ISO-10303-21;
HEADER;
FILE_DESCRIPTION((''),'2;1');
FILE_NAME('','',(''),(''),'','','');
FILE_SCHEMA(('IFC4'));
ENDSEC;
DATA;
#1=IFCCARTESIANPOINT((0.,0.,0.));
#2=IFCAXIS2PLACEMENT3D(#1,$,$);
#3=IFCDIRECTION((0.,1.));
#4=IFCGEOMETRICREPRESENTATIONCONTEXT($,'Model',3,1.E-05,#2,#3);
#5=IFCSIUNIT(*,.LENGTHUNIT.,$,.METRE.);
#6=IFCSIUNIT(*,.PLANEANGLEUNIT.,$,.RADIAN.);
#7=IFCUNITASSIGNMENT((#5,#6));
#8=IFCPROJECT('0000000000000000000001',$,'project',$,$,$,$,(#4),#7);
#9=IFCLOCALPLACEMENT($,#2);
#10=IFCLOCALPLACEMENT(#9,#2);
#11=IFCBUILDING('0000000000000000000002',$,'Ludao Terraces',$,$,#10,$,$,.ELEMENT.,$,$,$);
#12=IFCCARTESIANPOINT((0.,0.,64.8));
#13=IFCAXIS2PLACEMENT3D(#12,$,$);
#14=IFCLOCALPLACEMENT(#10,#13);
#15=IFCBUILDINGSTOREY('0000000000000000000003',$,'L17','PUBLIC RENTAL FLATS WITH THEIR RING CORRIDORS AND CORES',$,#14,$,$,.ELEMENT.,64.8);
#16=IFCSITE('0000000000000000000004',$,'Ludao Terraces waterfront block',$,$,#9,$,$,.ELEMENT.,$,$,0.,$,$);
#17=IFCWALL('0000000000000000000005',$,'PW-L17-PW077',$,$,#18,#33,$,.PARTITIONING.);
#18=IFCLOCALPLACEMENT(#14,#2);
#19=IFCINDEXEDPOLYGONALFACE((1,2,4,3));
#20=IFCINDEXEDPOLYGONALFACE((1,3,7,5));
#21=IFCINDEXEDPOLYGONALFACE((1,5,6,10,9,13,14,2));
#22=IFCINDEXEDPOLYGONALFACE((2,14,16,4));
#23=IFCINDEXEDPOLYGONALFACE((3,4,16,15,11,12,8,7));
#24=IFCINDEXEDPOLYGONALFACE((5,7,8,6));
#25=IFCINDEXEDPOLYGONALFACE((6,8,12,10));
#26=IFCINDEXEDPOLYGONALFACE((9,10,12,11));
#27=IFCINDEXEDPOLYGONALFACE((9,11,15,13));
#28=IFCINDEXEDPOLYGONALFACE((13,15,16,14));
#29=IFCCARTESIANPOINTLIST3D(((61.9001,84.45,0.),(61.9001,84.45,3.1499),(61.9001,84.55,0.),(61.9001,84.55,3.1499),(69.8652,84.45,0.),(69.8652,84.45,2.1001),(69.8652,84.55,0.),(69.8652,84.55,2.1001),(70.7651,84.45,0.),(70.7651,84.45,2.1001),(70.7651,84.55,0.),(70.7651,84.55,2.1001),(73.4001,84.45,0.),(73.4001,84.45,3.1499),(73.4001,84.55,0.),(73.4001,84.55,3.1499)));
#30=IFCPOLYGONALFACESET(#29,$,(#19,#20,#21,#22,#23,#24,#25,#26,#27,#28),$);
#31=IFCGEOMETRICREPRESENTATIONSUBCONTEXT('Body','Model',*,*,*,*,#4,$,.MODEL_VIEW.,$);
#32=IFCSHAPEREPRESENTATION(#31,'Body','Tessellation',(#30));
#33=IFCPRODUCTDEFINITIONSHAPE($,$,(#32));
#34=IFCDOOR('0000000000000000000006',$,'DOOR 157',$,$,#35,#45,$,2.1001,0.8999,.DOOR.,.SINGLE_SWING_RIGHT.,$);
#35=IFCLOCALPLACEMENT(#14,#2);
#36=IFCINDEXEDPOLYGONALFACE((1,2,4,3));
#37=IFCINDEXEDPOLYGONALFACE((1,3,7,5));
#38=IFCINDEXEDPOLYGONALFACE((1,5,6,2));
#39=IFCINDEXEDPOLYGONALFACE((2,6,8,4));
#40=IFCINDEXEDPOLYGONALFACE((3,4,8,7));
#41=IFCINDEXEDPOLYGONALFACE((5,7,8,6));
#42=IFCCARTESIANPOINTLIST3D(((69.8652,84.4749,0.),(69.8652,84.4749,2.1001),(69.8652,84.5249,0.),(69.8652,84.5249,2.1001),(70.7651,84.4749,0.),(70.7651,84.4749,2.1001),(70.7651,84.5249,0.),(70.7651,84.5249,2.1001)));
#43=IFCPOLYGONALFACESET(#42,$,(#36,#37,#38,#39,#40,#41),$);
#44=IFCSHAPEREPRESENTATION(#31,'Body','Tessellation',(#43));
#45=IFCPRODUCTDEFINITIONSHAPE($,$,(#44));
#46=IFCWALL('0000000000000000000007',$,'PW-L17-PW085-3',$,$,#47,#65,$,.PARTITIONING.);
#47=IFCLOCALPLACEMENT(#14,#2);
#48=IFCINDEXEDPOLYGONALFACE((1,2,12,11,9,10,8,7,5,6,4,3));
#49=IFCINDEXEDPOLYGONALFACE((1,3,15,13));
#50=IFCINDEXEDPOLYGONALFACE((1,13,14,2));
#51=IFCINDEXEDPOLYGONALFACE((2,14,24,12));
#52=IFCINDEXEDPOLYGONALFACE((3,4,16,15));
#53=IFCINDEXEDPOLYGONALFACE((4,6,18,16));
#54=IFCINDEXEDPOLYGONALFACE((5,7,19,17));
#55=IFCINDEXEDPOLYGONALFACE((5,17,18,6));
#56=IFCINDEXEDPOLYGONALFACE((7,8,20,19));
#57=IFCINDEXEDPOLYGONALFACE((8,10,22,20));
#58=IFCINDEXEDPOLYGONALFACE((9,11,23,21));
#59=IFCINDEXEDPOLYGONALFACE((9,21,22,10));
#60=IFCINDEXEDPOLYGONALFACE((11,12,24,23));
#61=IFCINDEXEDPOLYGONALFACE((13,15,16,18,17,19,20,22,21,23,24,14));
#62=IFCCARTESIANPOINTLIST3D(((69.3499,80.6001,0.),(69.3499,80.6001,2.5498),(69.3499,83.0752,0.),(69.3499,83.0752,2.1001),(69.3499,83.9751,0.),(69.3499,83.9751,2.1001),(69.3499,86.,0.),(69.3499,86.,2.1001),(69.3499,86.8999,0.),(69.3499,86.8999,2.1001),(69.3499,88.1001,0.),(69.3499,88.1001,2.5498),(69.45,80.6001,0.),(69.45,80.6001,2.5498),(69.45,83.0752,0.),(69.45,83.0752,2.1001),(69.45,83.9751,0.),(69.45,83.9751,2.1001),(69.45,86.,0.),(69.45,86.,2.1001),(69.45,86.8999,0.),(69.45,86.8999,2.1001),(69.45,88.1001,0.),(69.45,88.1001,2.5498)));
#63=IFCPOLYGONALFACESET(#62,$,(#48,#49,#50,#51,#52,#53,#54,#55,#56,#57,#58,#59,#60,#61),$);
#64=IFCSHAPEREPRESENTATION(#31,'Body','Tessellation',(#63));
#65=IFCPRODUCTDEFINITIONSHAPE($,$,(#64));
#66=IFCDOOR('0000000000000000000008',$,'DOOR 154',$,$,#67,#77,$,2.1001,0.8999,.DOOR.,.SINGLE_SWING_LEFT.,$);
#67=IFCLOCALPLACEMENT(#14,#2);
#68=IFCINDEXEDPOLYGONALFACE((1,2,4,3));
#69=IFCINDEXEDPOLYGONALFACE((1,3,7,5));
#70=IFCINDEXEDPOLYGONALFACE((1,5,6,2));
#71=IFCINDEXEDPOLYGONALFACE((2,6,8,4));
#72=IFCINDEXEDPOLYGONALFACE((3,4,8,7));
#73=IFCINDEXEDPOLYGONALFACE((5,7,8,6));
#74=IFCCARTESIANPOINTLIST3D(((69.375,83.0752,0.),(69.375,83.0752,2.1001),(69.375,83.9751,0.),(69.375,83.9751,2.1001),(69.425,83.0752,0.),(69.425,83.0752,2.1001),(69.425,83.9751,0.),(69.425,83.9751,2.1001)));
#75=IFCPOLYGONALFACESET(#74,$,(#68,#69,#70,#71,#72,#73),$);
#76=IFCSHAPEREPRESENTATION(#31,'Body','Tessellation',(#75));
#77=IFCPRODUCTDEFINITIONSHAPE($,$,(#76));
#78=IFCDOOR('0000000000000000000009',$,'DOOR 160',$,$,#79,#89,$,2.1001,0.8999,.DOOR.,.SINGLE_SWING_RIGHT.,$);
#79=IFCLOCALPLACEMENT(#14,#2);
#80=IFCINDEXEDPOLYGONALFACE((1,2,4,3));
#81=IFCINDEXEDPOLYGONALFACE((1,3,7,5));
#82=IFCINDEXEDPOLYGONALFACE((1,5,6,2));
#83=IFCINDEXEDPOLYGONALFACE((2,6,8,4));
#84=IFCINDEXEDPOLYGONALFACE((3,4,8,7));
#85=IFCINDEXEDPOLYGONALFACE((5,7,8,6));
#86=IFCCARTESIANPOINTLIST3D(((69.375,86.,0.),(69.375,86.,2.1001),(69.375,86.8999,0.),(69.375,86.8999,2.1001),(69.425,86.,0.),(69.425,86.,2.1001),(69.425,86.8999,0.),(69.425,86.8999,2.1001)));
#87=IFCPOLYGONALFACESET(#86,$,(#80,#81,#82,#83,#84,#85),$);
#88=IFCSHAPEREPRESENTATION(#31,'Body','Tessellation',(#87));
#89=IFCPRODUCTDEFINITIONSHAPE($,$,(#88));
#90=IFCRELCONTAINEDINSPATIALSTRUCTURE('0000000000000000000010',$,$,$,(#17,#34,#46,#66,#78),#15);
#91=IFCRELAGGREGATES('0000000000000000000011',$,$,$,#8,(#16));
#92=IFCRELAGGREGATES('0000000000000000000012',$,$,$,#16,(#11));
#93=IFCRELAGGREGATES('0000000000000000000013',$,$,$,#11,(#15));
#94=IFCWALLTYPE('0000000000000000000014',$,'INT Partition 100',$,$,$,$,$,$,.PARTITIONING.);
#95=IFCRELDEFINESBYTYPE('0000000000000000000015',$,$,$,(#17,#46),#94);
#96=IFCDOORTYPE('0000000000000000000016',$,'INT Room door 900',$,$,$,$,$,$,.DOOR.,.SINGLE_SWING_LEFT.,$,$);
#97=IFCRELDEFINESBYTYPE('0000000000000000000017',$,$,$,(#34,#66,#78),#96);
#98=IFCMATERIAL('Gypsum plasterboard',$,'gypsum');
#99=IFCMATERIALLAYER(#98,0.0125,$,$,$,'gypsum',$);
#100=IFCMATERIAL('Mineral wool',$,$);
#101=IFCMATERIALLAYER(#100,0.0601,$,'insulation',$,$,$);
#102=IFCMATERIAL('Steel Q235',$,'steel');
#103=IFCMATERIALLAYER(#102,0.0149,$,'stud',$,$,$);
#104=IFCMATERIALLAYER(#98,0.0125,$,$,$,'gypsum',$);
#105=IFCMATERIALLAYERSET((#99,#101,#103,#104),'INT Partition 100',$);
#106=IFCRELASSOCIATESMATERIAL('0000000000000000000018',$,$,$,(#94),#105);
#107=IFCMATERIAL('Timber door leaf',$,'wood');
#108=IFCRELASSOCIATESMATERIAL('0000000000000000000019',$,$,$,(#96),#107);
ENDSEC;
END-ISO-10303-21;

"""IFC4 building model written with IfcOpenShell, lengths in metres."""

from ifc_helpers import new_model, si_unit, direction, frame, frame_2d, origin, place, context, subcontext, project, spatial, rectangle, extrude, material, layer, layer_set, type_object, element, fill, save


model = new_model("IFC4")

# Units and contexts
model_context = context("Model", 3, precision=1e-05, world=origin(), true_north=direction((0.0, 1.0)))
body_context = subcontext(model_context, "Body", "Model", "MODEL_VIEW")
ifc_project = project(units=[si_unit("LENGTHUNIT", "METRE"), si_unit("PLANEANGLEUNIT", "RADIAN")], contexts=[model_context])

# Site, building, storey
site_placement = place(None, origin())
site = spatial("IfcSite", under=ifc_project, at=site_placement, Name="Ludao Terraces waterfront block", CompositionType="ELEMENT", RefElevation=0.0)
building_placement = place(site_placement, origin())
building = spatial("IfcBuilding", under=site, at=building_placement, Name="Ludao Terraces", CompositionType="ELEMENT")
storey_placement = place(building_placement, frame((0.0, 0.0, 64.8)))
storey = spatial("IfcBuildingStorey", under=building, at=storey_placement, Name="L17", Description="PUBLIC RENTAL FLATS WITH THEIR RING CORRIDORS AND CORES", CompositionType="ELEMENT", Elevation=64.8)

# Shared definitions
ifc_material_1 = material(Name="Mineral wool")

# Shared definitions
ifc_material_2 = material(Name="Gypsum plasterboard", Category="gypsum")
ifc_layer_1 = layer(ifc_material_2, 0.0125, Category="gypsum")
ifc_layer_2 = layer(ifc_material_1, 0.0601, Name="insulation")
ifc_material_3 = material(Name="Steel Q235", Category="steel")
ifc_layer_3 = layer(ifc_material_3, 0.0149, Name="stud")
ifc_layer_4 = layer(ifc_material_2, 0.0125, Category="gypsum")
ifc_layer_set_1 = layer_set([ifc_layer_1, ifc_layer_2, ifc_layer_3, ifc_layer_4], Name="INT Partition 100")
wall_type_1 = type_object("IfcWallType", Name="INT Partition 100", PredefinedType="PARTITIONING", material=ifc_layer_set_1)

# Wall, opening, door
wall_1_placement = place(storey_placement, frame((61.9001, 84.5, 0.0), z_axis=(0.0, 0.0, 1.0), x_axis=(1.0, 0.0, 0.0)))
wall_1 = element("IfcWall", 1, at=wall_1_placement, inside=storey, type_object=wall_type_1, Name="PW-L17-PW077", PredefinedType="PARTITIONING", context=body_context, shape_type="SweptSolid", body=[
    extrude(rectangle(XDim=11.5, YDim=0.1001, at=frame_2d((5.75, 0.0))), origin(), (0.0, 0.0, 1.0), 3.1499),
])
opening_1_placement = place(wall_1_placement, frame((7.9651, 0.0, 0.0)))
opening_1 = element("IfcOpeningElement", 2, at=opening_1_placement, cuts=wall_1, PredefinedType="OPENING", context=body_context, shape_type="SweptSolid", body=[
    extrude(rectangle(XDim=0.8999, YDim=2.1001, at=frame_2d((0.45, 1.05))), frame((0.0, 0.0601, 0.0), z_axis=(0.0, -1.0, 0.0), x_axis=(1.0, 0.0, 0.0)), (0.0, 0.0, 1.0), 0.1201),
])
ifc_material_4 = material(Name="Timber door leaf", Category="wood")
door_type = type_object("IfcDoorType", Name="INT Room door 900", OperationType="SINGLE_SWING_LEFT", PredefinedType="DOOR", material=ifc_material_4)
door_1_placement = place(opening_1_placement, origin())
door_1 = element("IfcDoor", 3, at=door_1_placement, inside=storey, type_object=door_type, Name="DOOR 157", OperationType="SINGLE_SWING_RIGHT", OverallHeight=2.1001, OverallWidth=0.8999, PredefinedType="DOOR", context=body_context, shape_type="SweptSolid", body=[
    extrude(rectangle(XDim=0.8999, YDim=2.1001, at=frame_2d((0.45, 1.05))), frame((0.0, 0.0249, 0.0), z_axis=(0.0, -1.0, 0.0), x_axis=(1.0, 0.0, 0.0)), (0.0, 0.0, 1.0), 0.05),
])
fill(opening_1, door_1)

# Wall, openings, doors
wall_2_placement = place(storey_placement, frame((69.3999, 80.6001, 0.0), z_axis=(0.0, 0.0, 1.0), x_axis=(0.0, 1.0, 0.0)))
wall_2 = element("IfcWall", 4, at=wall_2_placement, inside=storey, type_object=wall_type_1, Name="PW-L17-PW085-3", PredefinedType="PARTITIONING", context=body_context, shape_type="SweptSolid", body=[
    extrude(rectangle(XDim=7.5, YDim=0.1001, at=frame_2d((3.75, 0.0))), origin(), (0.0, 0.0, 1.0), 2.5498),
])
opening_2_placement = place(wall_2_placement, frame((2.4751, 0.0, 0.0)))
opening_2 = element("IfcOpeningElement", 5, at=opening_2_placement, cuts=wall_2, PredefinedType="OPENING", context=body_context, shape_type="SweptSolid", body=[
    extrude(rectangle(XDim=0.8999, YDim=2.1001, at=frame_2d((0.45, 1.05))), frame((0.0, 0.0601, 0.0), z_axis=(0.0, -1.0, 0.0), x_axis=(1.0, 0.0, 0.0)), (0.0, 0.0, 1.0), 0.1201),
])
opening_3_placement = place(wall_2_placement, frame((5.3999, 0.0, 0.0)))
opening_3 = element("IfcOpeningElement", 6, at=opening_3_placement, cuts=wall_2, PredefinedType="OPENING", context=body_context, shape_type="SweptSolid", body=[
    extrude(rectangle(XDim=0.8999, YDim=2.1001, at=frame_2d((0.45, 1.05))), frame((0.0, 0.0601, 0.0), z_axis=(0.0, -1.0, 0.0), x_axis=(1.0, 0.0, 0.0)), (0.0, 0.0, 1.0), 0.1201),
])
door_2_placement = place(opening_2_placement, origin())
door_2 = element("IfcDoor", 7, at=door_2_placement, inside=storey, type_object=door_type, Name="DOOR 154", OperationType="SINGLE_SWING_LEFT", OverallHeight=2.1001, OverallWidth=0.8999, PredefinedType="DOOR", context=body_context, shape_type="SweptSolid", body=[
    extrude(rectangle(XDim=0.8999, YDim=2.1001, at=frame_2d((0.45, 1.05))), frame((0.0, 0.0249, 0.0), z_axis=(0.0, -1.0, 0.0), x_axis=(1.0, 0.0, 0.0)), (0.0, 0.0, 1.0), 0.05),
])
fill(opening_2, door_2)
door_3_placement = place(opening_3_placement, origin())
door_3 = element("IfcDoor", 8, at=door_3_placement, inside=storey, type_object=door_type, Name="DOOR 160", OperationType="SINGLE_SWING_RIGHT", OverallHeight=2.1001, OverallWidth=0.8999, PredefinedType="DOOR", context=body_context, shape_type="SweptSolid", body=[
    extrude(rectangle(XDim=0.8999, YDim=2.1001, at=frame_2d((0.45, 1.05))), frame((0.0, 0.0249, 0.0), z_axis=(0.0, -1.0, 0.0), x_axis=(1.0, 0.0, 0.0)), (0.0, 0.0, 1.0), 0.05),
])
fill(opening_3, door_3)

save(model, "model.ifc")
